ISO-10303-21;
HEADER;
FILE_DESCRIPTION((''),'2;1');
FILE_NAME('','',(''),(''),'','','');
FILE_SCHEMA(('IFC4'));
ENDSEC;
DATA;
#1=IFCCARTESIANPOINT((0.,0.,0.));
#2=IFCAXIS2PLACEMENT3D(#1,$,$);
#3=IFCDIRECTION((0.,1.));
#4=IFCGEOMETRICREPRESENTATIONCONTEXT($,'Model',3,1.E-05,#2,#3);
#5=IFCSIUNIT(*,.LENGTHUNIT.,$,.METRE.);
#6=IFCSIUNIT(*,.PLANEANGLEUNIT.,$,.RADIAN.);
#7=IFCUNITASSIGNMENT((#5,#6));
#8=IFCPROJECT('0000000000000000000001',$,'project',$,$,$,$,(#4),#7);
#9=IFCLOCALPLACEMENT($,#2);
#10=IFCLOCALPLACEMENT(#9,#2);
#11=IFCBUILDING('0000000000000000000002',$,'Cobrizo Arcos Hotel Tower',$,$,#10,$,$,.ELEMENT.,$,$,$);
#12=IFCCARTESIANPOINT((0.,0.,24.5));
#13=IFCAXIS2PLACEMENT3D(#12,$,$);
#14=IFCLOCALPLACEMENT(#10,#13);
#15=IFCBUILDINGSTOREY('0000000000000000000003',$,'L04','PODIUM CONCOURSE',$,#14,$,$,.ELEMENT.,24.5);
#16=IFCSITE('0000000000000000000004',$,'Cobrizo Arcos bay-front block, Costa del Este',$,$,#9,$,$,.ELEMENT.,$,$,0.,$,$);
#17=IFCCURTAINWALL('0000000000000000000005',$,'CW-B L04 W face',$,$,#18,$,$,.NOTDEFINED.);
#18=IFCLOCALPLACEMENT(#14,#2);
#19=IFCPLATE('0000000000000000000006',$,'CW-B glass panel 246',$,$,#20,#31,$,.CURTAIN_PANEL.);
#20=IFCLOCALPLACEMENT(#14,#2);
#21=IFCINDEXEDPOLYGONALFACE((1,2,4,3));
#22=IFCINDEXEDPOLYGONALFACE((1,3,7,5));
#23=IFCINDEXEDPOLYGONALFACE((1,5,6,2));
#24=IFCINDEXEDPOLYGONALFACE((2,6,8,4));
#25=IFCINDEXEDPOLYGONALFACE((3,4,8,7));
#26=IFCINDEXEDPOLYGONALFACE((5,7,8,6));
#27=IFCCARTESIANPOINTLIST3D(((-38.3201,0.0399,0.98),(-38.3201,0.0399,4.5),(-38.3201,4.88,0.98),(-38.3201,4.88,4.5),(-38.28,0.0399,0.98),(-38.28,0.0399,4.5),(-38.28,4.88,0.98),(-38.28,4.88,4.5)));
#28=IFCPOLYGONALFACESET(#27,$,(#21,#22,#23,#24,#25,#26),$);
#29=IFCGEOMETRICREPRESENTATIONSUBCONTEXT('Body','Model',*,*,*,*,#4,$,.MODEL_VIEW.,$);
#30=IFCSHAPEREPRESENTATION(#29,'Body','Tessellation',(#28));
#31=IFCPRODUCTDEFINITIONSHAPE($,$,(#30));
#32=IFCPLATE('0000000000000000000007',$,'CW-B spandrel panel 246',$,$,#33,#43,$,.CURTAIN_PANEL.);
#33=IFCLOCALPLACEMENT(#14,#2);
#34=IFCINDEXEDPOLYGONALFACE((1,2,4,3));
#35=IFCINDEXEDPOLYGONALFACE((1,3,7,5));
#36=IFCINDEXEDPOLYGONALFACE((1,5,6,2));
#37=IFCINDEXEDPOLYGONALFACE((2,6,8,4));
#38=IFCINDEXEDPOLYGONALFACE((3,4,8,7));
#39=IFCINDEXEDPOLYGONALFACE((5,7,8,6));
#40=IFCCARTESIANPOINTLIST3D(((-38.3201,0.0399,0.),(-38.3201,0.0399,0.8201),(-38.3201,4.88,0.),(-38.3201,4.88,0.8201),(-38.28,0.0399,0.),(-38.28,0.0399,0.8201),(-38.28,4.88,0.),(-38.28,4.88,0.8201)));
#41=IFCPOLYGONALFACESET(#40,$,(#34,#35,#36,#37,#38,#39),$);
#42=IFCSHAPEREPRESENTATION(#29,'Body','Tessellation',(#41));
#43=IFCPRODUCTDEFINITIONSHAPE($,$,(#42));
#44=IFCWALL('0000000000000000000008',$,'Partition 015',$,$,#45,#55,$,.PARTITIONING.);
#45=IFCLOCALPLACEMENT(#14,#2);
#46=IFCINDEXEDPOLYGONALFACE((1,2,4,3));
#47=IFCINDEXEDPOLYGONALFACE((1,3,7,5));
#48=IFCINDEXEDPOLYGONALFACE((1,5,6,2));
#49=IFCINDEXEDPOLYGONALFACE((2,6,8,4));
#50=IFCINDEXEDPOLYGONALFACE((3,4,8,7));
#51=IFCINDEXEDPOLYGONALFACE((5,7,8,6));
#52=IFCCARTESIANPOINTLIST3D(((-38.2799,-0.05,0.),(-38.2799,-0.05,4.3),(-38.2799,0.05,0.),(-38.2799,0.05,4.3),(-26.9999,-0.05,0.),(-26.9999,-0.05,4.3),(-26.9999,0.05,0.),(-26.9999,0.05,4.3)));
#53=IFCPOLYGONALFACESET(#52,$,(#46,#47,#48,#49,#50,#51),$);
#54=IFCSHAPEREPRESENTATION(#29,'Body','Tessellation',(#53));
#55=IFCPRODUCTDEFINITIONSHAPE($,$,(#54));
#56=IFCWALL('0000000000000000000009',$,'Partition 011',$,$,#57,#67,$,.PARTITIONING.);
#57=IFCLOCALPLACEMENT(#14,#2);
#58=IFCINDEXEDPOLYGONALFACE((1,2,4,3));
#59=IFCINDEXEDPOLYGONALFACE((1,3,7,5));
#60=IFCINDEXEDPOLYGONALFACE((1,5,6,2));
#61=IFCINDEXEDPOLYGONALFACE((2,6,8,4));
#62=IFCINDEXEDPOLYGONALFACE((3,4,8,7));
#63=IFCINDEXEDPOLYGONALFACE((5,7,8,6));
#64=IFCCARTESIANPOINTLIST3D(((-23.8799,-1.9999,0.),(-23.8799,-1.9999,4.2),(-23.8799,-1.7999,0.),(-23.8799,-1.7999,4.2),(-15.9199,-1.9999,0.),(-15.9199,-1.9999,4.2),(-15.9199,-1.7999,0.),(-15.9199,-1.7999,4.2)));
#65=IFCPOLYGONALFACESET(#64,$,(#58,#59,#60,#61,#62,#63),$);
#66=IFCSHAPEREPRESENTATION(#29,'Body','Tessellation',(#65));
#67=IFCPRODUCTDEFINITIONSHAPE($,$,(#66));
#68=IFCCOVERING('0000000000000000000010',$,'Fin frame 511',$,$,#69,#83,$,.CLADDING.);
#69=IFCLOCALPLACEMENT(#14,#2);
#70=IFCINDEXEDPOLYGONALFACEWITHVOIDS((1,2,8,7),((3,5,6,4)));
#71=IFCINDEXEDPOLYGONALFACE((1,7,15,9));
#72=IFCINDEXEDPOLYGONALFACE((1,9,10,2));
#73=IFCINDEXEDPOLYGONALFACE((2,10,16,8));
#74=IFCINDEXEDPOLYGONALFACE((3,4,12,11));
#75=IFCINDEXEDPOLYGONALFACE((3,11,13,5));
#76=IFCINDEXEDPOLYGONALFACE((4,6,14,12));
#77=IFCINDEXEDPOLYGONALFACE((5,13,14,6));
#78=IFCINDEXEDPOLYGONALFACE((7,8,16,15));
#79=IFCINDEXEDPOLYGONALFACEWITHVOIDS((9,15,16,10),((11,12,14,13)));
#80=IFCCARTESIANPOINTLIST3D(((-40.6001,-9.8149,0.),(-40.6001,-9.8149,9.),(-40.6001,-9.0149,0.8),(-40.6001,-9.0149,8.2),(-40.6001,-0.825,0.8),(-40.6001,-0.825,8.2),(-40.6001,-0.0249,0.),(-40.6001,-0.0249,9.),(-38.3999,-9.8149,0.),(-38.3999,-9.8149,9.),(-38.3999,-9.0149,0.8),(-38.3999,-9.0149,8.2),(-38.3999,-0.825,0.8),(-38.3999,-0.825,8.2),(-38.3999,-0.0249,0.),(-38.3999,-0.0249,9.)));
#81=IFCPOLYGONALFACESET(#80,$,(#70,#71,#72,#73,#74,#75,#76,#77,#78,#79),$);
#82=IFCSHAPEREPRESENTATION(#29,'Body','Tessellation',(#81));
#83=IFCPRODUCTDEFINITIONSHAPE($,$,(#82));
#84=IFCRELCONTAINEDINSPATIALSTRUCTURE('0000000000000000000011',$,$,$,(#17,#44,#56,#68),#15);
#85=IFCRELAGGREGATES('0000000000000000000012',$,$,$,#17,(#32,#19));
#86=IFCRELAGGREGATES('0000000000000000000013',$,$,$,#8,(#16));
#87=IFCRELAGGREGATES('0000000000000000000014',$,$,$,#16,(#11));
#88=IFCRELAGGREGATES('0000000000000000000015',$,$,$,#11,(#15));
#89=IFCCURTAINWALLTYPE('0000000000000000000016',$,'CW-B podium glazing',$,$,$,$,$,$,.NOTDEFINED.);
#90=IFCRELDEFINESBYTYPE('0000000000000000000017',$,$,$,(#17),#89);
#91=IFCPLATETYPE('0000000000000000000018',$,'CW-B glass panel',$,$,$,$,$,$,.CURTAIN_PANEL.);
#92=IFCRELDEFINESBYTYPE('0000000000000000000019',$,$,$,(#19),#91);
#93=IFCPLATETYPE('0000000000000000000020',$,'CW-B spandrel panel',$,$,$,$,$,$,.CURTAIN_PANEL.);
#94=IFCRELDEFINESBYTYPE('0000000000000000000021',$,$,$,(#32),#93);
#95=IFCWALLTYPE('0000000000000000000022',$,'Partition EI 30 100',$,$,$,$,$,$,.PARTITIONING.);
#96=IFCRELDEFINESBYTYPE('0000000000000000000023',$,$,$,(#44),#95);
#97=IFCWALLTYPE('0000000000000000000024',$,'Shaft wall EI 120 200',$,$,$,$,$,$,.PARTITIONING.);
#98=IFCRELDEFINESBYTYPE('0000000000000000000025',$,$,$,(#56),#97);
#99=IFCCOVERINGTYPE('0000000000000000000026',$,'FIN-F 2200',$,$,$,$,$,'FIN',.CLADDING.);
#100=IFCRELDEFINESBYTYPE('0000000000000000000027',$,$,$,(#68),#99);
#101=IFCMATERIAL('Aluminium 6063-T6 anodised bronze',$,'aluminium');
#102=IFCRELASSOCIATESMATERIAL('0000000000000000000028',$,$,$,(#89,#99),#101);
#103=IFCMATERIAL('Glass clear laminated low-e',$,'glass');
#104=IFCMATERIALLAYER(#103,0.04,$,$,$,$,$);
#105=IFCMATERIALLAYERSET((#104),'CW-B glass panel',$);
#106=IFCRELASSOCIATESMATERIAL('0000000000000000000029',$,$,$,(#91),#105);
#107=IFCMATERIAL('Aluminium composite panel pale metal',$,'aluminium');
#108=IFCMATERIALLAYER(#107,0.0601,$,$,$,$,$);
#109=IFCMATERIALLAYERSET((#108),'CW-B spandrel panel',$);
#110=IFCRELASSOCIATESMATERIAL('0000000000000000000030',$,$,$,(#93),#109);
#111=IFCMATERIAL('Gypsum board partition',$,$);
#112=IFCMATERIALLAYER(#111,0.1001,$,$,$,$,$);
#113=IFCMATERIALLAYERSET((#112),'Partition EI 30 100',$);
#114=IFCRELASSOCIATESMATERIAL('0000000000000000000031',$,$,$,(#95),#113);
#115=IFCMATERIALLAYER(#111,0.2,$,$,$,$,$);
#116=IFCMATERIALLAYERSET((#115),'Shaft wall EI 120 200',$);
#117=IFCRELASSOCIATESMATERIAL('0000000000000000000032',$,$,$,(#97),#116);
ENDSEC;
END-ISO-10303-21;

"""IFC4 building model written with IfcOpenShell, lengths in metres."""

from ifc_helpers import new_model, si_unit, direction, frame, frame_2d, origin, origin_2d, place, context, subcontext, project, spatial, polyline, rectangle, outline, extrude, material, layer, layer_set, type_object, element, aggregate, save


model = new_model("IFC4")

# Units and contexts
model_context = context("Model", 3, precision=1e-05, world=origin(), true_north=direction((0.0, 1.0)))
body_context = subcontext(model_context, "Body", "Model", "MODEL_VIEW")
ifc_project = project(units=[si_unit("LENGTHUNIT", "METRE"), si_unit("PLANEANGLEUNIT", "RADIAN")], contexts=[model_context])

# Site, building, storey
site_placement = place(None, origin())
site = spatial("IfcSite", under=ifc_project, at=site_placement, Name="Cobrizo Arcos bay-front block, Costa del Este", CompositionType="ELEMENT", RefElevation=0.0)
building_placement = place(site_placement, origin())
building = spatial("IfcBuilding", under=site, at=building_placement, Name="Cobrizo Arcos Hotel Tower", CompositionType="ELEMENT")
storey_placement = place(building_placement, frame((0.0, 0.0, 24.5)))
storey = spatial("IfcBuildingStorey", under=building, at=storey_placement, Name="L04", Description="PODIUM CONCOURSE", CompositionType="ELEMENT", Elevation=24.5)

# Curtain wall
ifc_material_1 = material(Name="Aluminium 6063-T6 anodised bronze", Category="aluminium")
curtain_wall_type = type_object("IfcCurtainWallType", Name="CW-B podium glazing", PredefinedType="NOTDEFINED", material=ifc_material_1)
curtain_wall_placement = place(storey_placement, origin())
curtain_wall = element("IfcCurtainWall", 1, at=curtain_wall_placement, inside=storey, type_object=curtain_wall_type, Name="CW-B L04 W face", PredefinedType="NOTDEFINED")

# Plates
ifc_material_2 = material(Name="Glass clear laminated low-e", Category="glass")
ifc_layer_1 = layer(ifc_material_2, 0.04)
ifc_layer_set_1 = layer_set([ifc_layer_1], Name="CW-B glass panel")
plate_type_1 = type_object("IfcPlateType", Name="CW-B glass panel", PredefinedType="CURTAIN_PANEL", material=ifc_layer_set_1)
plate_1_placement = place(storey_placement, frame((-38.3, 2.46, 0.98), z_axis=(0.0, 0.0, 1.0), x_axis=(0.0, -1.0, 0.0)))
plate_1 = element("IfcPlate", 2, at=plate_1_placement, type_object=plate_type_1, Name="CW-B glass panel 246", PredefinedType="CURTAIN_PANEL", context=body_context, shape_type="SweptSolid", body=[
    extrude(rectangle(XDim=4.8401, YDim=0.04, at=origin_2d()), origin(), (0.0, 0.0, 1.0), 3.52),
])
ifc_material_3 = material(Name="Aluminium composite panel pale metal", Category="aluminium")
ifc_layer_2 = layer(ifc_material_3, 0.0601)
ifc_layer_set_2 = layer_set([ifc_layer_2], Name="CW-B spandrel panel")
plate_type_2 = type_object("IfcPlateType", Name="CW-B spandrel panel", PredefinedType="CURTAIN_PANEL", material=ifc_layer_set_2)
plate_2_placement = place(storey_placement, frame((-38.3, 2.46, 0.0), z_axis=(0.0, 0.0, 1.0), x_axis=(0.0, -1.0, 0.0)))
plate_2 = element("IfcPlate", 3, at=plate_2_placement, type_object=plate_type_2, Name="CW-B spandrel panel 246", PredefinedType="CURTAIN_PANEL", context=body_context, shape_type="SweptSolid", body=[
    extrude(rectangle(XDim=4.8401, YDim=0.04, at=origin_2d()), origin(), (0.0, 0.0, 1.0), 0.8201),
])
aggregate(curtain_wall, [plate_2, plate_1])

# Walls
ifc_material_4 = material(Name="Gypsum board partition")
ifc_layer_3 = layer(ifc_material_4, 0.1001)
ifc_layer_set_3 = layer_set([ifc_layer_3], Name="Partition EI 30 100")
wall_type_1 = type_object("IfcWallType", Name="Partition EI 30 100", PredefinedType="PARTITIONING", material=ifc_layer_set_3)
wall_1_placement = place(storey_placement, frame((-38.28, 0.0, 0.0), z_axis=(0.0, 0.0, 1.0), x_axis=(1.0, 0.0, 0.0)))
element("IfcWall", 4, at=wall_1_placement, inside=storey, type_object=wall_type_1, Name="Partition 015", PredefinedType="PARTITIONING", context=body_context, shape_type="SweptSolid", body=[
    extrude(rectangle(XDim=11.28, YDim=0.1001, at=frame_2d((5.6401, 0.0))), origin(), (0.0, 0.0, 1.0), 4.3),
])
ifc_layer_4 = layer(ifc_material_4, 0.2)
ifc_layer_set_4 = layer_set([ifc_layer_4], Name="Shaft wall EI 120 200")
wall_type_2 = type_object("IfcWallType", Name="Shaft wall EI 120 200", PredefinedType="PARTITIONING", material=ifc_layer_set_4)
wall_2_placement = place(storey_placement, frame((-23.8799, -1.8999, 0.0), z_axis=(0.0, 0.0, 1.0), x_axis=(1.0, 0.0, 0.0)))
element("IfcWall", 5, at=wall_2_placement, inside=storey, type_object=wall_type_2, Name="Partition 011", PredefinedType="PARTITIONING", context=body_context, shape_type="SweptSolid", body=[
    extrude(rectangle(XDim=7.96, YDim=0.2, at=frame_2d((3.98, 0.0))), origin(), (0.0, 0.0, 1.0), 4.2),
])

# Covering
covering_type = type_object("IfcCoveringType", Name="FIN-F 2200", ElementType="FIN", PredefinedType="CLADDING", material=ifc_material_1)
covering_placement = place(storey_placement, frame((-38.3999, -0.0249, 0.0), z_axis=(-1.0, 0.0, 0.0), x_axis=(0.0, -1.0, 0.0)))
element("IfcCovering", 6, at=covering_placement, inside=storey, type_object=covering_type, Name="Fin frame 511", PredefinedType="CLADDING", context=body_context, shape_type="SweptSolid", body=[
    extrude(outline(polyline([(0.0, 9.0), (0.0, 0.0), (9.79, 0.0), (9.79, 9.0), (0.0, 9.0)]), holes=[polyline([(8.99, 0.8), (0.8, 0.8), (0.8, 8.2), (8.99, 8.2), (8.99, 0.8)])]), origin(), (0.0, 0.0, 1.0), 2.2002),
])

save(model, "model.ifc")
